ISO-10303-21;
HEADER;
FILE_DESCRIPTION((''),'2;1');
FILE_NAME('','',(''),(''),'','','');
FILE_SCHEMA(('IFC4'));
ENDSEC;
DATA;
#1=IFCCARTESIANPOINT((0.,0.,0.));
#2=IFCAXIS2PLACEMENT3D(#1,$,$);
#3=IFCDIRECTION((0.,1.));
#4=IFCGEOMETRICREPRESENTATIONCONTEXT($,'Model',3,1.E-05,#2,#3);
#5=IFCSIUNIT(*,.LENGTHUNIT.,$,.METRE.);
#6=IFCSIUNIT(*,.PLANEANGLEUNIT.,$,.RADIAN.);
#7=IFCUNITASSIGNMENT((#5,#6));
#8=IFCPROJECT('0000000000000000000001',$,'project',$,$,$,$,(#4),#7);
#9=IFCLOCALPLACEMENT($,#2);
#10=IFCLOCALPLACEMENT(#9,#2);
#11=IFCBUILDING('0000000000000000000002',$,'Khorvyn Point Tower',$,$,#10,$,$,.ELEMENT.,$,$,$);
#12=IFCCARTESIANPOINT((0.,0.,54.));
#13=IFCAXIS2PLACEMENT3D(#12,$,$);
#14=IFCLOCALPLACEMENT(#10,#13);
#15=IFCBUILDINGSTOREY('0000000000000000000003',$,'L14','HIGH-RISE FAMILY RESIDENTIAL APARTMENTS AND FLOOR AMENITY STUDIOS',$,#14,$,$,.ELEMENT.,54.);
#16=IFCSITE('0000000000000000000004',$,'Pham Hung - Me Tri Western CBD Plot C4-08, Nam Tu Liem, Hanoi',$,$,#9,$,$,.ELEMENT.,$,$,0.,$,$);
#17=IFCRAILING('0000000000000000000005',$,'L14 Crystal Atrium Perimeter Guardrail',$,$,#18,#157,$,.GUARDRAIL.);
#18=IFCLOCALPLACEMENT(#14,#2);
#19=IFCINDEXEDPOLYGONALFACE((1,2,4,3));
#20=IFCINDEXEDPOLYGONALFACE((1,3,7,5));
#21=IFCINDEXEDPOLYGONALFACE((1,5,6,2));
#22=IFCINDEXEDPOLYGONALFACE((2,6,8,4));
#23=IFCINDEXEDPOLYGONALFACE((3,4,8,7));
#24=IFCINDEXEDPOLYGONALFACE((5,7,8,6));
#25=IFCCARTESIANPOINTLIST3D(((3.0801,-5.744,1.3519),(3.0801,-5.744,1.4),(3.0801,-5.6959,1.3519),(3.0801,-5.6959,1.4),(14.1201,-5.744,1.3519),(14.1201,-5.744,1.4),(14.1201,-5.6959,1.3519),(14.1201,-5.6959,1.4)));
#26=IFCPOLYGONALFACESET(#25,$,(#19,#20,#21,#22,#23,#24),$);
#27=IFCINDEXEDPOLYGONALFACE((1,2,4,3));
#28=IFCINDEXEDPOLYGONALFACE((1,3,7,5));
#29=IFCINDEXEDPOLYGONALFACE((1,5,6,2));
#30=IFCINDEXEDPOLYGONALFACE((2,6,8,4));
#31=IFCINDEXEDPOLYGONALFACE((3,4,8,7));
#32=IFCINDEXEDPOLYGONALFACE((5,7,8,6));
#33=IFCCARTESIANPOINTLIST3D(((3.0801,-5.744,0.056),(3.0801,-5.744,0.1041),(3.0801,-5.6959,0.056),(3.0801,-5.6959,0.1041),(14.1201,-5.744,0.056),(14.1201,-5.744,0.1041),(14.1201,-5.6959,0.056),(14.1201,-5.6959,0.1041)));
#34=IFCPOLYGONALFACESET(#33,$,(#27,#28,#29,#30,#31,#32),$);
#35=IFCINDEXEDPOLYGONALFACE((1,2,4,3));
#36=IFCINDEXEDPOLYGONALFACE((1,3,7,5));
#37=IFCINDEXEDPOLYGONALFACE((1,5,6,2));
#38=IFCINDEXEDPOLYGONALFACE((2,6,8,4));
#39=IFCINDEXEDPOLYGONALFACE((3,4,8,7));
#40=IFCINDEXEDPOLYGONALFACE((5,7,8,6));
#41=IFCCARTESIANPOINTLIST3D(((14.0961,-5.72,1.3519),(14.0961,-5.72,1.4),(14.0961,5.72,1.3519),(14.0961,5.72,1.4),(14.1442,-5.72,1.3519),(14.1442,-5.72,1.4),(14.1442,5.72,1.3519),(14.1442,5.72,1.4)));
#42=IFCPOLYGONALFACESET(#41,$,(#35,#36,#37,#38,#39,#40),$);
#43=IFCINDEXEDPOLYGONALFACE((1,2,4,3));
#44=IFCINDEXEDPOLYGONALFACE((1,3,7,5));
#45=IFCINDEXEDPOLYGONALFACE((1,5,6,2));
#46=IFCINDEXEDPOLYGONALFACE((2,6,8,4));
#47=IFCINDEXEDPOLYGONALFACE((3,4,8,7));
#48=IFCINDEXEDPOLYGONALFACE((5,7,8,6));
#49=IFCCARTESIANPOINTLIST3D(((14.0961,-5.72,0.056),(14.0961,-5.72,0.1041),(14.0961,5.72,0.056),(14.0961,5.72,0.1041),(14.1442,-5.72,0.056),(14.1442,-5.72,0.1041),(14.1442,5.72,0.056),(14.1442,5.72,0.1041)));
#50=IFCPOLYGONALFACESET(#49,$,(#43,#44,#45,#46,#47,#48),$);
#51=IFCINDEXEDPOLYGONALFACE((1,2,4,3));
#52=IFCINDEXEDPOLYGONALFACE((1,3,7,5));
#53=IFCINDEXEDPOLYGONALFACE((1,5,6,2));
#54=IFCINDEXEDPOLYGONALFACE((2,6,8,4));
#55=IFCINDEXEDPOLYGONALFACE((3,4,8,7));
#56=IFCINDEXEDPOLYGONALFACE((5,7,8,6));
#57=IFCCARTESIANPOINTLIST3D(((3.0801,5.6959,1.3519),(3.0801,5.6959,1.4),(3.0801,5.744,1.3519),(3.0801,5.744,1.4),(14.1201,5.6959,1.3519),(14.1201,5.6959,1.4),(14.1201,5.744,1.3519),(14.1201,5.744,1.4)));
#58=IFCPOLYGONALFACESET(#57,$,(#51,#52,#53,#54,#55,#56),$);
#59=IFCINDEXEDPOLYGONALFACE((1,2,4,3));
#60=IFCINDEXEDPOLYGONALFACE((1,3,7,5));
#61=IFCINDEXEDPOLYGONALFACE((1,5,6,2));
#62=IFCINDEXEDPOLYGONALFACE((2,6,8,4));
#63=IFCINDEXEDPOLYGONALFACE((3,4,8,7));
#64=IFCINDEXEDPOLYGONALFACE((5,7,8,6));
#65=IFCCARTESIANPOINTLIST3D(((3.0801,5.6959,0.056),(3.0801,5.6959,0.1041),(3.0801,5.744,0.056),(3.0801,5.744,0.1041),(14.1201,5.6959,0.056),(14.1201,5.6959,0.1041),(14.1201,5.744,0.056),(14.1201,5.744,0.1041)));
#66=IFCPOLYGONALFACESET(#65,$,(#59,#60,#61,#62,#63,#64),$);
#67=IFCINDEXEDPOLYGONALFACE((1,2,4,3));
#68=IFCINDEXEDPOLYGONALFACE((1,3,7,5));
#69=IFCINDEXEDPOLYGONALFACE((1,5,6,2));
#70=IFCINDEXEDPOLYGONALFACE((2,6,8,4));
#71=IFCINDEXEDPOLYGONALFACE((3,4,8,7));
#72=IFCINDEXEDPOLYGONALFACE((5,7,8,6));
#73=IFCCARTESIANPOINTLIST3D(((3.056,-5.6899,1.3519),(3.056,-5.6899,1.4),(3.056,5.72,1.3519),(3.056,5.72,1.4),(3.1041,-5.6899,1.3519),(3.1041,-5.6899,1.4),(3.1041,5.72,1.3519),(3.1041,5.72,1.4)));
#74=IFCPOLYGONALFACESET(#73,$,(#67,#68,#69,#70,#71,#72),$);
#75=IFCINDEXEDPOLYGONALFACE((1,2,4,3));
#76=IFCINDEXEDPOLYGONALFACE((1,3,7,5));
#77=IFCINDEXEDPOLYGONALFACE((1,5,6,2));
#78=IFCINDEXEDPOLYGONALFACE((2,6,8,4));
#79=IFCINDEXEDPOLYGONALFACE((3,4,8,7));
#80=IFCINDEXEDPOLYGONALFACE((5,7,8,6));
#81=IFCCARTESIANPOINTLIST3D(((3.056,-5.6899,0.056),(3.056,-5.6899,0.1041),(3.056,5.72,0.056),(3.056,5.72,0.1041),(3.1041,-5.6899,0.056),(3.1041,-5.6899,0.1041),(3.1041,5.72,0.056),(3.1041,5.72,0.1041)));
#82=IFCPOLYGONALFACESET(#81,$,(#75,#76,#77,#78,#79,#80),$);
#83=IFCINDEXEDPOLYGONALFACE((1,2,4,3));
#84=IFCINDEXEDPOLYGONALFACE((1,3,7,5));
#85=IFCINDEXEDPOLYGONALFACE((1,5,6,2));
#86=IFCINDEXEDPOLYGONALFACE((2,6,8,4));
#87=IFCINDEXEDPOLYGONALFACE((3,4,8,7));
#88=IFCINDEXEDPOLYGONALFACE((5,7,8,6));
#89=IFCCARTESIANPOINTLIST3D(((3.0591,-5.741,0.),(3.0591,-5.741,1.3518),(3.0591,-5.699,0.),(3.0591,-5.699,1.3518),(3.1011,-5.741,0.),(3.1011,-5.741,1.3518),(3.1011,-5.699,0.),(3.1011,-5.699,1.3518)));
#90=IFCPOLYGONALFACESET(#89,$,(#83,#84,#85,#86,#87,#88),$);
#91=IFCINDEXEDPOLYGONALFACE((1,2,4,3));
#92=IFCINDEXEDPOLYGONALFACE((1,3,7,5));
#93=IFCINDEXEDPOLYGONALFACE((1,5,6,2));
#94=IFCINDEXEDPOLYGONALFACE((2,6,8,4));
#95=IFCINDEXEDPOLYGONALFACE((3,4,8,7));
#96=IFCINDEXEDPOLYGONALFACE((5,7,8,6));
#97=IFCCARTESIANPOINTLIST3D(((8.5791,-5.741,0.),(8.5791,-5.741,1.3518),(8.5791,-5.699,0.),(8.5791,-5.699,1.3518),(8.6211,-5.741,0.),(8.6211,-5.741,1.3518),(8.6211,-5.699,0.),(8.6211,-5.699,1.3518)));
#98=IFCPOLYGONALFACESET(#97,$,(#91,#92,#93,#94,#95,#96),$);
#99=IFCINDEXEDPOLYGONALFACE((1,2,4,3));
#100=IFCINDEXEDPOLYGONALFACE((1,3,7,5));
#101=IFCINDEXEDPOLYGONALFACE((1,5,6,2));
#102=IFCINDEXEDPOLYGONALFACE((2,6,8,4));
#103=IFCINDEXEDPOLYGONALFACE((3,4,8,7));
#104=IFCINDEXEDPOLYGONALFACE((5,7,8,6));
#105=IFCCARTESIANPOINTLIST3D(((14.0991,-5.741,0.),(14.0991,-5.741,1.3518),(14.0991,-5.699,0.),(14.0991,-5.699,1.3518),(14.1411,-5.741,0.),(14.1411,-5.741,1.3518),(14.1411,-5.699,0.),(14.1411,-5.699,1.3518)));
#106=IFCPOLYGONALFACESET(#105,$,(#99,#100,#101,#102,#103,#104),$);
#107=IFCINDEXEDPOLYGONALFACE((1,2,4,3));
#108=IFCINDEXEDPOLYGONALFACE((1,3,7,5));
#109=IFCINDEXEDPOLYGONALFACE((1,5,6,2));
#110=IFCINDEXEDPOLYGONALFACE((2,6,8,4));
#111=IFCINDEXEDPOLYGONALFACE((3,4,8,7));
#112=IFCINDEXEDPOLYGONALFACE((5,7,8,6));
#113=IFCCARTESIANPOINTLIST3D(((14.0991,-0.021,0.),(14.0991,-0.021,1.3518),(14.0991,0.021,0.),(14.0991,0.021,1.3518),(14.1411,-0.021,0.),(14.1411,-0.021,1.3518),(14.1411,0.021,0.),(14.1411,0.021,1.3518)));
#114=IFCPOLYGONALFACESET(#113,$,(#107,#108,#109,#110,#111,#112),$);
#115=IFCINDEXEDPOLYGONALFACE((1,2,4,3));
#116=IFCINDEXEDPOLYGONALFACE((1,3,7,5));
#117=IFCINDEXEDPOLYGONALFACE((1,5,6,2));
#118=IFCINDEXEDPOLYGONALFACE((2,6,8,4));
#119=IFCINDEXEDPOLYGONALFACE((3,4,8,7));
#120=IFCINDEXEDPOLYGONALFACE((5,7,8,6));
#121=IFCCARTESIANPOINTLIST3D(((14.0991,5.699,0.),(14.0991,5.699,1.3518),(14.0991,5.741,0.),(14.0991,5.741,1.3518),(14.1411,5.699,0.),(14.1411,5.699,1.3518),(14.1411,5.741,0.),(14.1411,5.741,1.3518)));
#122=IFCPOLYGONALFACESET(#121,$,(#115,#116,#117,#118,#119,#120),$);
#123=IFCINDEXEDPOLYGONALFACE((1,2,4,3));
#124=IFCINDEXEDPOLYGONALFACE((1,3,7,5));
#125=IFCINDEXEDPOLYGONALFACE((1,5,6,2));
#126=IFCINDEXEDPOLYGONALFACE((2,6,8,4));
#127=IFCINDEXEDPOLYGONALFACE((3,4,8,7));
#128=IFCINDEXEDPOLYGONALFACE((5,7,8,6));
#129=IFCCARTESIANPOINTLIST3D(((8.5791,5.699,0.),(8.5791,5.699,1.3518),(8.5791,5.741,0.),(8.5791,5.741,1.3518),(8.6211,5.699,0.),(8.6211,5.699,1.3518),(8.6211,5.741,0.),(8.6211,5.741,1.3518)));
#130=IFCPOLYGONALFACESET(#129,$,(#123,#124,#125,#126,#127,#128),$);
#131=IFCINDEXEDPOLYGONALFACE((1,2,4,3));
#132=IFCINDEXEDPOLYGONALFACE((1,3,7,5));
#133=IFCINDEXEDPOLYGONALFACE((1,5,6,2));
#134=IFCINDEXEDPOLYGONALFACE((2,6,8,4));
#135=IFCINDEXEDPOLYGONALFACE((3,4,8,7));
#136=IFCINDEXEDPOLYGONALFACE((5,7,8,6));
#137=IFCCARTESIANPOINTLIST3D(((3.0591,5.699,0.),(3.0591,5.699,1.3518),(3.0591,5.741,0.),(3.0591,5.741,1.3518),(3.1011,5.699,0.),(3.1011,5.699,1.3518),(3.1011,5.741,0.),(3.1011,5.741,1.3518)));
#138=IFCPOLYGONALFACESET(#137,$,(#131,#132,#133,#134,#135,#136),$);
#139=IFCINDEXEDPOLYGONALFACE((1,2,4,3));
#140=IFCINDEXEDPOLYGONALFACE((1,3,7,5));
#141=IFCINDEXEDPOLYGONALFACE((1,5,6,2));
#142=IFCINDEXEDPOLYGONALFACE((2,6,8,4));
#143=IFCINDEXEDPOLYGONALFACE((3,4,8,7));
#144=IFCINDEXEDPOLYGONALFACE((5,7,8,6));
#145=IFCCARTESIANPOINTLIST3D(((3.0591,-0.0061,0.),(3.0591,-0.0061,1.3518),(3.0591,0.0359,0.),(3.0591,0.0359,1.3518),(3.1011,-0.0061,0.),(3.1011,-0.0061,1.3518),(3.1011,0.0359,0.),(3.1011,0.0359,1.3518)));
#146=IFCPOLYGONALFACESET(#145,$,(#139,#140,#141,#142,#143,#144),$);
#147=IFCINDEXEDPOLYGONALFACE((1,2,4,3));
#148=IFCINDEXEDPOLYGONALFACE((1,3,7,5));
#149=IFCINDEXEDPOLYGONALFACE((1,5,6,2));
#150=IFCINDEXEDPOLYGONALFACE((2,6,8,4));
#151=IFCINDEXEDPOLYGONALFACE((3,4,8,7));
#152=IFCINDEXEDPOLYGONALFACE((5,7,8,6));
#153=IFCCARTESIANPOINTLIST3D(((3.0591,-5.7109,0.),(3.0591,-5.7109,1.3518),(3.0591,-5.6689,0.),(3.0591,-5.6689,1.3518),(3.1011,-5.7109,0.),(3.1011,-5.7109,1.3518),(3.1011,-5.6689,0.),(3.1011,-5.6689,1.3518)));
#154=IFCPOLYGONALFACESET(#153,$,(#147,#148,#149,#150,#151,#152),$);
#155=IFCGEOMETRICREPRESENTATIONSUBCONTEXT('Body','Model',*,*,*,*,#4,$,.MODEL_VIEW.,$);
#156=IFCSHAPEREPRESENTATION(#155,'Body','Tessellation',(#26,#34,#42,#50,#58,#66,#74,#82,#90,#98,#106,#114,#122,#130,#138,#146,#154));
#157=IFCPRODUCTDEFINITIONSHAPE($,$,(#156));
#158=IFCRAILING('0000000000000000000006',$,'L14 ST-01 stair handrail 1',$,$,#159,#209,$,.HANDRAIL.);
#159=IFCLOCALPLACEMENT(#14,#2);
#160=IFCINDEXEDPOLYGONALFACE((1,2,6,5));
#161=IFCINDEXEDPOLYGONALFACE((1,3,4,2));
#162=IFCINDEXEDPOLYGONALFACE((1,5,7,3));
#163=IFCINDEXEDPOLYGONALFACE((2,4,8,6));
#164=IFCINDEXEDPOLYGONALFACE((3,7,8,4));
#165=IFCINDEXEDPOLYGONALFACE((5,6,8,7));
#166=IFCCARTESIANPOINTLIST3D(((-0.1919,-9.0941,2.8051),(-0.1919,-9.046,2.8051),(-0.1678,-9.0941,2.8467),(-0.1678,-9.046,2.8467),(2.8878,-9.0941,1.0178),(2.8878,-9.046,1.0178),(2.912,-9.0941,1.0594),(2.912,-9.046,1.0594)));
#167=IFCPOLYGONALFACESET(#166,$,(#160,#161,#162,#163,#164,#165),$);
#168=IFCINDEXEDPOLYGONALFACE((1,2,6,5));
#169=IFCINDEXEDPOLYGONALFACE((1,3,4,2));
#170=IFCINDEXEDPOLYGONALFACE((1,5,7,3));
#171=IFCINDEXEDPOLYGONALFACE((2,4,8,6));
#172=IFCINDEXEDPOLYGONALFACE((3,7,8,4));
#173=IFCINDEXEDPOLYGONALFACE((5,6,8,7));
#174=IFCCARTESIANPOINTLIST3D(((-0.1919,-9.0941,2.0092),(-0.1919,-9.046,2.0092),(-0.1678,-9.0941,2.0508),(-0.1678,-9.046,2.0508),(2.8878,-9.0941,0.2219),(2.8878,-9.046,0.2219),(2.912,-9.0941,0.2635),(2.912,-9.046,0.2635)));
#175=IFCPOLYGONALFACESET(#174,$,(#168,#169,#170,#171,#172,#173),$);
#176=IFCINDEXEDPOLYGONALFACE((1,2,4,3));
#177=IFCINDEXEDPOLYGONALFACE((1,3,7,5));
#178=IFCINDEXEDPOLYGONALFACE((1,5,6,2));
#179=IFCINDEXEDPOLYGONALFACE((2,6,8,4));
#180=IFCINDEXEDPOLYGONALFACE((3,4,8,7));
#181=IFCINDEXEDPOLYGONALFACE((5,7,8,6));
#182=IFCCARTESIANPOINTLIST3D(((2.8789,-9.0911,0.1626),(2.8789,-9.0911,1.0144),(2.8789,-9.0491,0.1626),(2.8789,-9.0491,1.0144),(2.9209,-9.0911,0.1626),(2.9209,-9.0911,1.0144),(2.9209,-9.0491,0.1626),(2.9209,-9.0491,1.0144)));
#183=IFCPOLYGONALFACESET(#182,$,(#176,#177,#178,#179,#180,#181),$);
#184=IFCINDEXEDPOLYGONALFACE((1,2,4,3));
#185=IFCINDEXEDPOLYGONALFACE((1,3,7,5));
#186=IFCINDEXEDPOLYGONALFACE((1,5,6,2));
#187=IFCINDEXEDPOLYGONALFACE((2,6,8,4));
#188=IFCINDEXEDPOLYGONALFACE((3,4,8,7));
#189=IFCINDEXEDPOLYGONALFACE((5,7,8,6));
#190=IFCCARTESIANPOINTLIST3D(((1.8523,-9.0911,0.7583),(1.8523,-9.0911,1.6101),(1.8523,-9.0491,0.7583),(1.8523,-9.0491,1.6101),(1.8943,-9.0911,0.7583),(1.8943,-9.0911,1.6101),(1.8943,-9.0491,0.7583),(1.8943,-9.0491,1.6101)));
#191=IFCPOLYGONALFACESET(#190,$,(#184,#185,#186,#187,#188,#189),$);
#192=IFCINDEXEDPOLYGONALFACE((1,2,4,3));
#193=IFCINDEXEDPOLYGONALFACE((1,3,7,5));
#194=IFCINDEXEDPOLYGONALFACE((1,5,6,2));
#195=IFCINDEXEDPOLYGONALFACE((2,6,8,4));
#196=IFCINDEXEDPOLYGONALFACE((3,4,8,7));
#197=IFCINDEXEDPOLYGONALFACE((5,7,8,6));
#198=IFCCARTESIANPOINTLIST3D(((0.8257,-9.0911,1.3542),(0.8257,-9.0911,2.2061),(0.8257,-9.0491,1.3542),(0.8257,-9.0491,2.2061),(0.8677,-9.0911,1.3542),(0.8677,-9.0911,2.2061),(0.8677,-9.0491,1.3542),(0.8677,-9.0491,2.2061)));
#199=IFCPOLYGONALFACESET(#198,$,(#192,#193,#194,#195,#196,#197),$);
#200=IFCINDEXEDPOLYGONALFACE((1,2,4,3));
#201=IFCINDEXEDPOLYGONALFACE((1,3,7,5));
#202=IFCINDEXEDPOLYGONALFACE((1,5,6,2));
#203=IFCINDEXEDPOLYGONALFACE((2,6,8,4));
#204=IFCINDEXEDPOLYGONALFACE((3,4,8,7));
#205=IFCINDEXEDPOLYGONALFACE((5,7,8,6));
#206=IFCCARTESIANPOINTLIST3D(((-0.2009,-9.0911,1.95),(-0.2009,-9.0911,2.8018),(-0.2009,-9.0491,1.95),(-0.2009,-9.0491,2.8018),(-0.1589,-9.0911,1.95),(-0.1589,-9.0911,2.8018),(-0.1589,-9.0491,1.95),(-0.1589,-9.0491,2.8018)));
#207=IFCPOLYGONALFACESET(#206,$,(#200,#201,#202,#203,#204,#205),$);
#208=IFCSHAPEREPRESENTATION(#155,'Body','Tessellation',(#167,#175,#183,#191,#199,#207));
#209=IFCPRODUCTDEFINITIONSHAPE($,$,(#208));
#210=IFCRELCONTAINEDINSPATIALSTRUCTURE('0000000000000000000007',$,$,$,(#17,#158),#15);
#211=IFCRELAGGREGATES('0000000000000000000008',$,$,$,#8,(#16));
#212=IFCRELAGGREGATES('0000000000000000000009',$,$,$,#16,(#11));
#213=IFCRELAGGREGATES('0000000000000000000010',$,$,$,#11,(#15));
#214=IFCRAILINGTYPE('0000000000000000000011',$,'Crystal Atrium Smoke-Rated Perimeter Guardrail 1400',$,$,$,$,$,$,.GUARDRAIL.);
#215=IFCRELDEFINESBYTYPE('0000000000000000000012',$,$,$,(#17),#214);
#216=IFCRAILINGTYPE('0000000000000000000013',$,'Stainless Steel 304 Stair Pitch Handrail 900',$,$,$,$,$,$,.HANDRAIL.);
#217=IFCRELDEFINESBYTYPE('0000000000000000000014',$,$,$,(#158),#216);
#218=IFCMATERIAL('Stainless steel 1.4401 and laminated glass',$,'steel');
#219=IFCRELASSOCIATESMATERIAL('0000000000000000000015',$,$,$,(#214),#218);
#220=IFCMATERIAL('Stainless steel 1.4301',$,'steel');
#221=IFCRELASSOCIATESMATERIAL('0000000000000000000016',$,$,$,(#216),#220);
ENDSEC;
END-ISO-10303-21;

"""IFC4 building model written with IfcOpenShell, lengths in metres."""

from ifc_helpers import new_model, si_unit, direction, frame, origin, origin_2d, place, context, subcontext, project, spatial, rectangle, extrude, material, type_object, element, save


model = new_model("IFC4")

# Units and contexts
model_context = context("Model", 3, precision=1e-05, world=origin(), true_north=direction((0.0, 1.0)))
body_context = subcontext(model_context, "Body", "Model", "MODEL_VIEW")
ifc_project = project(units=[si_unit("LENGTHUNIT", "METRE"), si_unit("PLANEANGLEUNIT", "RADIAN")], contexts=[model_context])

# Site, building, storey
site_placement = place(None, origin())
site = spatial("IfcSite", under=ifc_project, at=site_placement, Name="Pham Hung - Me Tri Western CBD Plot C4-08, Nam Tu Liem, Hanoi", CompositionType="ELEMENT", RefElevation=0.0)
building_placement = place(site_placement, origin())
building = spatial("IfcBuilding", under=site, at=building_placement, Name="Khorvyn Point Tower", CompositionType="ELEMENT")
storey_placement = place(building_placement, frame((0.0, 0.0, 54.0)))
storey = spatial("IfcBuildingStorey", under=building, at=storey_placement, Name="L14", Description="HIGH-RISE FAMILY RESIDENTIAL APARTMENTS AND FLOOR AMENITY STUDIOS", CompositionType="ELEMENT", Elevation=54.0)

# Shared definitions
ifc_material_1 = material(Name="Stainless steel 1.4301", Category="steel")

# Railings
ifc_material_2 = material(Name="Stainless steel 1.4401 and laminated glass", Category="steel")
railing_type_1 = type_object("IfcRailingType", Name="Crystal Atrium Smoke-Rated Perimeter Guardrail 1400", PredefinedType="GUARDRAIL", material=ifc_material_2)
railing_1_placement = place(storey_placement, frame((3.0801, -5.72, 0.0)))
element("IfcRailing", 1, at=railing_1_placement, inside=storey, type_object=railing_type_1, Name="L14 Crystal Atrium Perimeter Guardrail", PredefinedType="GUARDRAIL", context=body_context, shape_type="SweptSolid", body=[
    extrude(rectangle(XDim=0.0481, YDim=0.0481, at=origin_2d()), frame((0.0, 0.0, 1.376), z_axis=(1.0, 0.0, 0.0), x_axis=(0.0, 1.0, 0.0)), (0.0, 0.0, 1.0), 11.04),
    extrude(rectangle(XDim=0.0481, YDim=0.0481, at=origin_2d()), frame((0.0, 0.0, 0.0801), z_axis=(1.0, 0.0, 0.0), x_axis=(0.0, 1.0, 0.0)), (0.0, 0.0, 1.0), 11.04),
    extrude(rectangle(XDim=0.0481, YDim=0.0481, at=origin_2d()), frame((11.04, 0.0, 1.376), z_axis=(0.0, 1.0, 0.0), x_axis=(-1.0, 0.0, 0.0)), (0.0, 0.0, 1.0), 11.4399),
    extrude(rectangle(XDim=0.0481, YDim=0.0481, at=origin_2d()), frame((11.04, 0.0, 0.0801), z_axis=(0.0, 1.0, 0.0), x_axis=(-1.0, 0.0, 0.0)), (0.0, 0.0, 1.0), 11.4399),
    extrude(rectangle(XDim=0.0481, YDim=0.0481, at=origin_2d()), frame((11.04, 11.4399, 1.376), z_axis=(-1.0, 0.0, 0.0), x_axis=(0.0, -1.0, 0.0)), (0.0, 0.0, 1.0), 11.04),
    extrude(rectangle(XDim=0.0481, YDim=0.0481, at=origin_2d()), frame((11.04, 11.4399, 0.0801), z_axis=(-1.0, 0.0, 0.0), x_axis=(0.0, -1.0, 0.0)), (0.0, 0.0, 1.0), 11.04),
    extrude(rectangle(XDim=0.0481, YDim=0.0481, at=origin_2d()), frame((0.0, 11.4399, 1.376), z_axis=(0.0, -1.0, 0.0), x_axis=(1.0, 0.0, 0.0)), (0.0, 0.0, 1.0), 11.4099),
    extrude(rectangle(XDim=0.0481, YDim=0.0481, at=origin_2d()), frame((0.0, 11.4399, 0.0801), z_axis=(0.0, -1.0, 0.0), x_axis=(1.0, 0.0, 0.0)), (0.0, 0.0, 1.0), 11.4099),
    extrude(rectangle(XDim=0.042, YDim=0.042, at=origin_2d()), origin(), (0.0, 0.0, 1.0), 1.3518),
    extrude(rectangle(XDim=0.042, YDim=0.042, at=origin_2d()), frame((5.52, 0.0, 0.0)), (0.0, 0.0, 1.0), 1.3518),
    extrude(rectangle(XDim=0.042, YDim=0.042, at=origin_2d()), frame((11.04, 0.0, 0.0)), (0.0, 0.0, 1.0), 1.3518),
    extrude(rectangle(XDim=0.042, YDim=0.042, at=origin_2d()), frame((11.04, 5.72, 0.0)), (0.0, 0.0, 1.0), 1.3518),
    extrude(rectangle(XDim=0.042, YDim=0.042, at=origin_2d()), frame((11.04, 11.4399, 0.0)), (0.0, 0.0, 1.0), 1.3518),
    extrude(rectangle(XDim=0.042, YDim=0.042, at=origin_2d()), frame((5.52, 11.4399, 0.0)), (0.0, 0.0, 1.0), 1.3518),
    extrude(rectangle(XDim=0.042, YDim=0.042, at=origin_2d()), frame((0.0, 11.4399, 0.0)), (0.0, 0.0, 1.0), 1.3518),
    extrude(rectangle(XDim=0.042, YDim=0.042, at=origin_2d()), frame((0.0, 5.7349, 0.0)), (0.0, 0.0, 1.0), 1.3518),
    extrude(rectangle(XDim=0.042, YDim=0.042, at=origin_2d()), frame((0.0, 0.03, 0.0)), (0.0, 0.0, 1.0), 1.3518),
])
railing_type_2 = type_object("IfcRailingType", Name="Stainless Steel 304 Stair Pitch Handrail 900", PredefinedType="HANDRAIL", material=ifc_material_1)
railing_2_placement = place(storey_placement, frame((2.8999, -9.0701, 0.1626)))
element("IfcRailing", 2, at=railing_2_placement, inside=storey, type_object=railing_type_2, Name="L14 ST-01 stair handrail 1", PredefinedType="HANDRAIL", context=body_context, shape_type="SweptSolid", body=[
    extrude(rectangle(XDim=0.0481, YDim=0.0481, at=origin_2d()), frame((0.0, 0.0, 0.876), z_axis=(-0.864903, 0.0, 0.501939), x_axis=(0.0, -1.0, 0.0)), (0.0, 0.0, 1.0), 3.5608),
    extrude(rectangle(XDim=0.0481, YDim=0.0481, at=origin_2d()), frame((0.0, 0.0, 0.0801), z_axis=(-0.864903, 0.0, 0.501939), x_axis=(0.0, -1.0, 0.0)), (0.0, 0.0, 1.0), 3.5608),
    extrude(rectangle(XDim=0.042, YDim=0.042, at=origin_2d()), origin(), (0.0, 0.0, 1.0), 0.8518),
    extrude(rectangle(XDim=0.042, YDim=0.042, at=origin_2d()), frame((-1.0266, 0.0, 0.5957)), (0.0, 0.0, 1.0), 0.8518),
    extrude(rectangle(XDim=0.042, YDim=0.042, at=origin_2d()), frame((-2.0532, 0.0, 1.1917)), (0.0, 0.0, 1.0), 0.8518),
    extrude(rectangle(XDim=0.042, YDim=0.042, at=origin_2d()), frame((-3.0798, 0.0, 1.7874)), (0.0, 0.0, 1.0), 0.8518),
])

save(model, "model.ifc")
